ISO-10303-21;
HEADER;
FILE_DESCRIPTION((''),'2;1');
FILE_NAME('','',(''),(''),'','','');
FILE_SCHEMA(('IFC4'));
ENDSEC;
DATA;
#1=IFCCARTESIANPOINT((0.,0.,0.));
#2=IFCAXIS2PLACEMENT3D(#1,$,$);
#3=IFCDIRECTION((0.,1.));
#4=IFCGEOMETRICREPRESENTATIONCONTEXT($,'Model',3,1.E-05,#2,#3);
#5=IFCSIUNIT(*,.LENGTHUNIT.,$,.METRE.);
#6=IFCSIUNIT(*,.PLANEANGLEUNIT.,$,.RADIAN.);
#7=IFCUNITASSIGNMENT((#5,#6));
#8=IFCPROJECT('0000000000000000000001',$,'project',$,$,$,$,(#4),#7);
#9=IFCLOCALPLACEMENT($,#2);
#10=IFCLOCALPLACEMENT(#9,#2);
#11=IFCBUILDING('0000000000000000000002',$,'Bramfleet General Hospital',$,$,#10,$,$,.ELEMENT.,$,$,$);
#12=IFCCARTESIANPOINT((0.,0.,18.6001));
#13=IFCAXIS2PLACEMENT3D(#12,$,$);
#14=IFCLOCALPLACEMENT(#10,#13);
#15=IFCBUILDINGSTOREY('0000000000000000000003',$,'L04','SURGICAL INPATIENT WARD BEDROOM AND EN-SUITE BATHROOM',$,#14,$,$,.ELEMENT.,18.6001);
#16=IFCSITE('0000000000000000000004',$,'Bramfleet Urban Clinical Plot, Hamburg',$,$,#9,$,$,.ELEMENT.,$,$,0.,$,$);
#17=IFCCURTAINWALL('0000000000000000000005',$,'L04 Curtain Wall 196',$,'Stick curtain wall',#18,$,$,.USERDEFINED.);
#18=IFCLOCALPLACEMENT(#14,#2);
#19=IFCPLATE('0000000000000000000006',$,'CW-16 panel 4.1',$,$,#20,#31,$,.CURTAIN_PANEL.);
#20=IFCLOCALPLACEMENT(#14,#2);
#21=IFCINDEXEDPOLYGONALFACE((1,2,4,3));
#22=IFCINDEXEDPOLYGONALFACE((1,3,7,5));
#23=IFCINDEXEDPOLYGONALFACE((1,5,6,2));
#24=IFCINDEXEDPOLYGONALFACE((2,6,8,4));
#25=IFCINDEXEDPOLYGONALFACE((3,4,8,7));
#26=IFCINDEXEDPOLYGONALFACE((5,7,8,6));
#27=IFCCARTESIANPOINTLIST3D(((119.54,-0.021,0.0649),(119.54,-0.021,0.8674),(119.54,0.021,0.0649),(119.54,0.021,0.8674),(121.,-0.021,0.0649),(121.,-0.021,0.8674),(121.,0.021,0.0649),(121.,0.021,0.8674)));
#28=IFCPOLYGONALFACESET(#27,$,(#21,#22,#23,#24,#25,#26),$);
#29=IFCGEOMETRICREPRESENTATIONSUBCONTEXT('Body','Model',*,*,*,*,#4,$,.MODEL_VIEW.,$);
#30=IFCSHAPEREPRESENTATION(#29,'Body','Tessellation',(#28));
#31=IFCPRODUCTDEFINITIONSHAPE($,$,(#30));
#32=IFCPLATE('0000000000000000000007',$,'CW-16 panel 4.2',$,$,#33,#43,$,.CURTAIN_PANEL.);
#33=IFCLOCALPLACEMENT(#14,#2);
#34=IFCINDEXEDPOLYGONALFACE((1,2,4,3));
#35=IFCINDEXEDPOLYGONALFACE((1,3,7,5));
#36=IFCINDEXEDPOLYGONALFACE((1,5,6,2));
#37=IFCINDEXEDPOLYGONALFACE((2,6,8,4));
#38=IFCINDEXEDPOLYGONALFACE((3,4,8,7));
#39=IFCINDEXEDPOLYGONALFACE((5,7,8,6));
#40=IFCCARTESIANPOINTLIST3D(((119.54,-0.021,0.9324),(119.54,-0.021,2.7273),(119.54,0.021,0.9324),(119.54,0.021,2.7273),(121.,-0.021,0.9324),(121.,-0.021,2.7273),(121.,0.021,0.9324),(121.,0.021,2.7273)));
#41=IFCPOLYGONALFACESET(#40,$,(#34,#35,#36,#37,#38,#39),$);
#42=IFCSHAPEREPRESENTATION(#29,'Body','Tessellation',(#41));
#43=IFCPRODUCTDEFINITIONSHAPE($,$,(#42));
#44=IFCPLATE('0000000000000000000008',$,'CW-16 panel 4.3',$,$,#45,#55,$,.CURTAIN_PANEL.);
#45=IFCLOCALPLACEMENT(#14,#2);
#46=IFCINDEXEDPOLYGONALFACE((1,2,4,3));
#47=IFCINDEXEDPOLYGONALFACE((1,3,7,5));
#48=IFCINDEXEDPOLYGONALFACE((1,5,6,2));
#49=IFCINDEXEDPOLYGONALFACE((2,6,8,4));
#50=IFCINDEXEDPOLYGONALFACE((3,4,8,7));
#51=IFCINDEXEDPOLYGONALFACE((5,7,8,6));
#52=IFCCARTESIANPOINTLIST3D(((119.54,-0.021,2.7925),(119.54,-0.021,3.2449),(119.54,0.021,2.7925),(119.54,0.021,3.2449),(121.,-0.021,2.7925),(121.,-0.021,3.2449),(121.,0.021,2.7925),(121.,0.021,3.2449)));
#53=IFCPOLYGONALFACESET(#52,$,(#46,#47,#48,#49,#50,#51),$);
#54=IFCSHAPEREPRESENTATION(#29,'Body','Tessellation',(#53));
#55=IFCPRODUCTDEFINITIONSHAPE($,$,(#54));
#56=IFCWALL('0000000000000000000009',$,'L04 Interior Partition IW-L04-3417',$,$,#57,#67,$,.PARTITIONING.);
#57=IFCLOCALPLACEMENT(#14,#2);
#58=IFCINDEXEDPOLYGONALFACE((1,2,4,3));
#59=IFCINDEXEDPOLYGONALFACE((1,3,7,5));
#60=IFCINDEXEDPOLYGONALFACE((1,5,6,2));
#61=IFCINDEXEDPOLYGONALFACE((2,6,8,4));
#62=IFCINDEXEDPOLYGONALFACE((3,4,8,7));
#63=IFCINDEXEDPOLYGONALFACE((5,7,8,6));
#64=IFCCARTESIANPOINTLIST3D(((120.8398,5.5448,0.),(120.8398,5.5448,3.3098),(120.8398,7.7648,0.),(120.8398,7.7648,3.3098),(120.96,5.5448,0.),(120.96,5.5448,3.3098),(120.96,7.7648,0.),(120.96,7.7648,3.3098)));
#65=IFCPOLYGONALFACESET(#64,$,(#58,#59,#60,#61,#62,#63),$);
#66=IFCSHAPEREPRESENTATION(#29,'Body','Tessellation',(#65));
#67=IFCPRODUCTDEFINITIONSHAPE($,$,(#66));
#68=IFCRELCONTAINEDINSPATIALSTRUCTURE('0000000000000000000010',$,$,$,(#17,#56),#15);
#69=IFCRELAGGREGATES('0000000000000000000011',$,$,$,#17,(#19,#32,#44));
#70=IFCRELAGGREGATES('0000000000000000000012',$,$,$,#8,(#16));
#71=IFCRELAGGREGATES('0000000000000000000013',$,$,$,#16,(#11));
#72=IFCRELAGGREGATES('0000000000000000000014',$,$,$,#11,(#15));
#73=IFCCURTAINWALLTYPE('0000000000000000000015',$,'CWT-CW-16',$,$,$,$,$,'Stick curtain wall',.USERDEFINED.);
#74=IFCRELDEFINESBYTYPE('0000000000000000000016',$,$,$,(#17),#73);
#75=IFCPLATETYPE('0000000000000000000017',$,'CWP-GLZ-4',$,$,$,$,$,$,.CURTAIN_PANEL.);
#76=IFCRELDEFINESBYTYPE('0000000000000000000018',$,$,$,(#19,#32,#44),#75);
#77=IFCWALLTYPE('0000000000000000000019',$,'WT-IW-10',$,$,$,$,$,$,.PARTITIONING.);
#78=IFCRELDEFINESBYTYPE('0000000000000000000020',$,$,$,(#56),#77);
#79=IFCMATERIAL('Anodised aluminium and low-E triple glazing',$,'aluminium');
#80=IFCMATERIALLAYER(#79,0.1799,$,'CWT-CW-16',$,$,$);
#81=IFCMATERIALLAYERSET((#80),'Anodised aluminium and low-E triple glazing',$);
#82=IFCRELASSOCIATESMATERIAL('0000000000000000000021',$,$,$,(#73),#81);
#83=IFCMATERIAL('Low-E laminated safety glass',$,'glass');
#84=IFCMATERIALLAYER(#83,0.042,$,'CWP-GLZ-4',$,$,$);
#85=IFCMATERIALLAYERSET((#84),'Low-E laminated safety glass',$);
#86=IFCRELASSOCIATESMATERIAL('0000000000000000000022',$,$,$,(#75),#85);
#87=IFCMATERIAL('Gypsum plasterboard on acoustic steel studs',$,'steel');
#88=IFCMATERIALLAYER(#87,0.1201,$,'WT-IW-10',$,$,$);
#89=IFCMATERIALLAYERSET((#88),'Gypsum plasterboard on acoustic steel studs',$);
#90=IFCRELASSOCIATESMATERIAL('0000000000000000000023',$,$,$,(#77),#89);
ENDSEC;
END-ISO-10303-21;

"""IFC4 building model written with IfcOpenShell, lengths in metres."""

from ifc_helpers import new_model, si_unit, direction, frame, frame_2d, origin, origin_2d, place, context, subcontext, project, spatial, rectangle, extrude, material, layer, layer_set, type_object, element, aggregate, save


model = new_model("IFC4")

# Units and contexts
model_context = context("Model", 3, precision=1e-05, world=origin(), true_north=direction((0.0, 1.0)))
body_context = subcontext(model_context, "Body", "Model", "MODEL_VIEW")
ifc_project = project(units=[si_unit("LENGTHUNIT", "METRE"), si_unit("PLANEANGLEUNIT", "RADIAN")], contexts=[model_context])

# Site, building, storey
site_placement = place(None, origin())
site = spatial("IfcSite", under=ifc_project, at=site_placement, Name="Bramfleet Urban Clinical Plot, Hamburg", CompositionType="ELEMENT", RefElevation=0.0)
building_placement = place(site_placement, origin())
building = spatial("IfcBuilding", under=site, at=building_placement, Name="Bramfleet General Hospital", CompositionType="ELEMENT")
storey_placement = place(building_placement, frame((0.0, 0.0, 18.6001)))
storey = spatial("IfcBuildingStorey", under=building, at=storey_placement, Name="L04", Description="SURGICAL INPATIENT WARD BEDROOM AND EN-SUITE BATHROOM", CompositionType="ELEMENT", Elevation=18.6001)

# Curtain wall, plates
ifc_material_1 = material(Name="Anodised aluminium and low-E triple glazing", Category="aluminium")
ifc_layer_1 = layer(ifc_material_1, 0.1799, Name="CWT-CW-16")
ifc_layer_set_1 = layer_set([ifc_layer_1], Name="Anodised aluminium and low-E triple glazing")
curtain_wall_type = type_object("IfcCurtainWallType", Name="CWT-CW-16", ElementType="Stick curtain wall", PredefinedType="USERDEFINED", material=ifc_layer_set_1)
curtain_wall_placement = place(storey_placement, origin())
curtain_wall = element("IfcCurtainWall", 1, at=curtain_wall_placement, inside=storey, type_object=curtain_wall_type, Name="L04 Curtain Wall 196", ObjectType="Stick curtain wall", PredefinedType="USERDEFINED")
ifc_material_2 = material(Name="Low-E laminated safety glass", Category="glass")
ifc_layer_2 = layer(ifc_material_2, 0.042, Name="CWP-GLZ-4")
ifc_layer_set_2 = layer_set([ifc_layer_2], Name="Low-E laminated safety glass")
plate_type = type_object("IfcPlateType", Name="CWP-GLZ-4", PredefinedType="CURTAIN_PANEL", material=ifc_layer_set_2)
plate_1_placement = place(storey_placement, frame((120.27, 0.0, 0.0649), z_axis=(0.0, 0.0, 1.0), x_axis=(-1.0, 0.0, 0.0)))
plate_1 = element("IfcPlate", 2, at=plate_1_placement, type_object=plate_type, Name="CW-16 panel 4.1", PredefinedType="CURTAIN_PANEL", context=body_context, shape_type="SweptSolid", body=[
    extrude(rectangle(XDim=1.46, YDim=0.042, at=origin_2d()), origin(), (0.0, 0.0, 1.0), 0.8025),
])
plate_2_placement = place(storey_placement, frame((120.27, 0.0, 0.9324), z_axis=(0.0, 0.0, 1.0), x_axis=(-1.0, 0.0, 0.0)))
plate_2 = element("IfcPlate", 3, at=plate_2_placement, type_object=plate_type, Name="CW-16 panel 4.2", PredefinedType="CURTAIN_PANEL", context=body_context, shape_type="SweptSolid", body=[
    extrude(rectangle(XDim=1.46, YDim=0.042, at=origin_2d()), origin(), (0.0, 0.0, 1.0), 1.7949),
])
plate_3_placement = place(storey_placement, frame((120.27, 0.0, 2.7925), z_axis=(0.0, 0.0, 1.0), x_axis=(-1.0, 0.0, 0.0)))
plate_3 = element("IfcPlate", 4, at=plate_3_placement, type_object=plate_type, Name="CW-16 panel 4.3", PredefinedType="CURTAIN_PANEL", context=body_context, shape_type="SweptSolid", body=[
    extrude(rectangle(XDim=1.46, YDim=0.042, at=origin_2d()), origin(), (0.0, 0.0, 1.0), 0.4524),
])
aggregate(curtain_wall, [plate_1, plate_2, plate_3])

# Wall
ifc_material_3 = material(Name="Gypsum plasterboard on acoustic steel studs", Category="steel")
ifc_layer_3 = layer(ifc_material_3, 0.1201, Name="WT-IW-10")
ifc_layer_set_3 = layer_set([ifc_layer_3], Name="Gypsum plasterboard on acoustic steel studs")
wall_type = type_object("IfcWallType", Name="WT-IW-10", PredefinedType="PARTITIONING", material=ifc_layer_set_3)
wall_placement = place(storey_placement, frame((120.8999, 5.5449, 0.0), z_axis=(0.0, 0.0, 1.0), x_axis=(0.0, 1.0, 0.0)))
element("IfcWall", 5, at=wall_placement, inside=storey, type_object=wall_type, Name="L04 Interior Partition IW-L04-3417", PredefinedType="PARTITIONING", context=body_context, shape_type="SweptSolid", body=[
    extrude(rectangle(XDim=2.22, YDim=0.1201, at=frame_2d((1.1099, 0.0))), origin(), (0.0, 0.0, 1.0), 3.3098),
])

save(model, "model.ifc")
